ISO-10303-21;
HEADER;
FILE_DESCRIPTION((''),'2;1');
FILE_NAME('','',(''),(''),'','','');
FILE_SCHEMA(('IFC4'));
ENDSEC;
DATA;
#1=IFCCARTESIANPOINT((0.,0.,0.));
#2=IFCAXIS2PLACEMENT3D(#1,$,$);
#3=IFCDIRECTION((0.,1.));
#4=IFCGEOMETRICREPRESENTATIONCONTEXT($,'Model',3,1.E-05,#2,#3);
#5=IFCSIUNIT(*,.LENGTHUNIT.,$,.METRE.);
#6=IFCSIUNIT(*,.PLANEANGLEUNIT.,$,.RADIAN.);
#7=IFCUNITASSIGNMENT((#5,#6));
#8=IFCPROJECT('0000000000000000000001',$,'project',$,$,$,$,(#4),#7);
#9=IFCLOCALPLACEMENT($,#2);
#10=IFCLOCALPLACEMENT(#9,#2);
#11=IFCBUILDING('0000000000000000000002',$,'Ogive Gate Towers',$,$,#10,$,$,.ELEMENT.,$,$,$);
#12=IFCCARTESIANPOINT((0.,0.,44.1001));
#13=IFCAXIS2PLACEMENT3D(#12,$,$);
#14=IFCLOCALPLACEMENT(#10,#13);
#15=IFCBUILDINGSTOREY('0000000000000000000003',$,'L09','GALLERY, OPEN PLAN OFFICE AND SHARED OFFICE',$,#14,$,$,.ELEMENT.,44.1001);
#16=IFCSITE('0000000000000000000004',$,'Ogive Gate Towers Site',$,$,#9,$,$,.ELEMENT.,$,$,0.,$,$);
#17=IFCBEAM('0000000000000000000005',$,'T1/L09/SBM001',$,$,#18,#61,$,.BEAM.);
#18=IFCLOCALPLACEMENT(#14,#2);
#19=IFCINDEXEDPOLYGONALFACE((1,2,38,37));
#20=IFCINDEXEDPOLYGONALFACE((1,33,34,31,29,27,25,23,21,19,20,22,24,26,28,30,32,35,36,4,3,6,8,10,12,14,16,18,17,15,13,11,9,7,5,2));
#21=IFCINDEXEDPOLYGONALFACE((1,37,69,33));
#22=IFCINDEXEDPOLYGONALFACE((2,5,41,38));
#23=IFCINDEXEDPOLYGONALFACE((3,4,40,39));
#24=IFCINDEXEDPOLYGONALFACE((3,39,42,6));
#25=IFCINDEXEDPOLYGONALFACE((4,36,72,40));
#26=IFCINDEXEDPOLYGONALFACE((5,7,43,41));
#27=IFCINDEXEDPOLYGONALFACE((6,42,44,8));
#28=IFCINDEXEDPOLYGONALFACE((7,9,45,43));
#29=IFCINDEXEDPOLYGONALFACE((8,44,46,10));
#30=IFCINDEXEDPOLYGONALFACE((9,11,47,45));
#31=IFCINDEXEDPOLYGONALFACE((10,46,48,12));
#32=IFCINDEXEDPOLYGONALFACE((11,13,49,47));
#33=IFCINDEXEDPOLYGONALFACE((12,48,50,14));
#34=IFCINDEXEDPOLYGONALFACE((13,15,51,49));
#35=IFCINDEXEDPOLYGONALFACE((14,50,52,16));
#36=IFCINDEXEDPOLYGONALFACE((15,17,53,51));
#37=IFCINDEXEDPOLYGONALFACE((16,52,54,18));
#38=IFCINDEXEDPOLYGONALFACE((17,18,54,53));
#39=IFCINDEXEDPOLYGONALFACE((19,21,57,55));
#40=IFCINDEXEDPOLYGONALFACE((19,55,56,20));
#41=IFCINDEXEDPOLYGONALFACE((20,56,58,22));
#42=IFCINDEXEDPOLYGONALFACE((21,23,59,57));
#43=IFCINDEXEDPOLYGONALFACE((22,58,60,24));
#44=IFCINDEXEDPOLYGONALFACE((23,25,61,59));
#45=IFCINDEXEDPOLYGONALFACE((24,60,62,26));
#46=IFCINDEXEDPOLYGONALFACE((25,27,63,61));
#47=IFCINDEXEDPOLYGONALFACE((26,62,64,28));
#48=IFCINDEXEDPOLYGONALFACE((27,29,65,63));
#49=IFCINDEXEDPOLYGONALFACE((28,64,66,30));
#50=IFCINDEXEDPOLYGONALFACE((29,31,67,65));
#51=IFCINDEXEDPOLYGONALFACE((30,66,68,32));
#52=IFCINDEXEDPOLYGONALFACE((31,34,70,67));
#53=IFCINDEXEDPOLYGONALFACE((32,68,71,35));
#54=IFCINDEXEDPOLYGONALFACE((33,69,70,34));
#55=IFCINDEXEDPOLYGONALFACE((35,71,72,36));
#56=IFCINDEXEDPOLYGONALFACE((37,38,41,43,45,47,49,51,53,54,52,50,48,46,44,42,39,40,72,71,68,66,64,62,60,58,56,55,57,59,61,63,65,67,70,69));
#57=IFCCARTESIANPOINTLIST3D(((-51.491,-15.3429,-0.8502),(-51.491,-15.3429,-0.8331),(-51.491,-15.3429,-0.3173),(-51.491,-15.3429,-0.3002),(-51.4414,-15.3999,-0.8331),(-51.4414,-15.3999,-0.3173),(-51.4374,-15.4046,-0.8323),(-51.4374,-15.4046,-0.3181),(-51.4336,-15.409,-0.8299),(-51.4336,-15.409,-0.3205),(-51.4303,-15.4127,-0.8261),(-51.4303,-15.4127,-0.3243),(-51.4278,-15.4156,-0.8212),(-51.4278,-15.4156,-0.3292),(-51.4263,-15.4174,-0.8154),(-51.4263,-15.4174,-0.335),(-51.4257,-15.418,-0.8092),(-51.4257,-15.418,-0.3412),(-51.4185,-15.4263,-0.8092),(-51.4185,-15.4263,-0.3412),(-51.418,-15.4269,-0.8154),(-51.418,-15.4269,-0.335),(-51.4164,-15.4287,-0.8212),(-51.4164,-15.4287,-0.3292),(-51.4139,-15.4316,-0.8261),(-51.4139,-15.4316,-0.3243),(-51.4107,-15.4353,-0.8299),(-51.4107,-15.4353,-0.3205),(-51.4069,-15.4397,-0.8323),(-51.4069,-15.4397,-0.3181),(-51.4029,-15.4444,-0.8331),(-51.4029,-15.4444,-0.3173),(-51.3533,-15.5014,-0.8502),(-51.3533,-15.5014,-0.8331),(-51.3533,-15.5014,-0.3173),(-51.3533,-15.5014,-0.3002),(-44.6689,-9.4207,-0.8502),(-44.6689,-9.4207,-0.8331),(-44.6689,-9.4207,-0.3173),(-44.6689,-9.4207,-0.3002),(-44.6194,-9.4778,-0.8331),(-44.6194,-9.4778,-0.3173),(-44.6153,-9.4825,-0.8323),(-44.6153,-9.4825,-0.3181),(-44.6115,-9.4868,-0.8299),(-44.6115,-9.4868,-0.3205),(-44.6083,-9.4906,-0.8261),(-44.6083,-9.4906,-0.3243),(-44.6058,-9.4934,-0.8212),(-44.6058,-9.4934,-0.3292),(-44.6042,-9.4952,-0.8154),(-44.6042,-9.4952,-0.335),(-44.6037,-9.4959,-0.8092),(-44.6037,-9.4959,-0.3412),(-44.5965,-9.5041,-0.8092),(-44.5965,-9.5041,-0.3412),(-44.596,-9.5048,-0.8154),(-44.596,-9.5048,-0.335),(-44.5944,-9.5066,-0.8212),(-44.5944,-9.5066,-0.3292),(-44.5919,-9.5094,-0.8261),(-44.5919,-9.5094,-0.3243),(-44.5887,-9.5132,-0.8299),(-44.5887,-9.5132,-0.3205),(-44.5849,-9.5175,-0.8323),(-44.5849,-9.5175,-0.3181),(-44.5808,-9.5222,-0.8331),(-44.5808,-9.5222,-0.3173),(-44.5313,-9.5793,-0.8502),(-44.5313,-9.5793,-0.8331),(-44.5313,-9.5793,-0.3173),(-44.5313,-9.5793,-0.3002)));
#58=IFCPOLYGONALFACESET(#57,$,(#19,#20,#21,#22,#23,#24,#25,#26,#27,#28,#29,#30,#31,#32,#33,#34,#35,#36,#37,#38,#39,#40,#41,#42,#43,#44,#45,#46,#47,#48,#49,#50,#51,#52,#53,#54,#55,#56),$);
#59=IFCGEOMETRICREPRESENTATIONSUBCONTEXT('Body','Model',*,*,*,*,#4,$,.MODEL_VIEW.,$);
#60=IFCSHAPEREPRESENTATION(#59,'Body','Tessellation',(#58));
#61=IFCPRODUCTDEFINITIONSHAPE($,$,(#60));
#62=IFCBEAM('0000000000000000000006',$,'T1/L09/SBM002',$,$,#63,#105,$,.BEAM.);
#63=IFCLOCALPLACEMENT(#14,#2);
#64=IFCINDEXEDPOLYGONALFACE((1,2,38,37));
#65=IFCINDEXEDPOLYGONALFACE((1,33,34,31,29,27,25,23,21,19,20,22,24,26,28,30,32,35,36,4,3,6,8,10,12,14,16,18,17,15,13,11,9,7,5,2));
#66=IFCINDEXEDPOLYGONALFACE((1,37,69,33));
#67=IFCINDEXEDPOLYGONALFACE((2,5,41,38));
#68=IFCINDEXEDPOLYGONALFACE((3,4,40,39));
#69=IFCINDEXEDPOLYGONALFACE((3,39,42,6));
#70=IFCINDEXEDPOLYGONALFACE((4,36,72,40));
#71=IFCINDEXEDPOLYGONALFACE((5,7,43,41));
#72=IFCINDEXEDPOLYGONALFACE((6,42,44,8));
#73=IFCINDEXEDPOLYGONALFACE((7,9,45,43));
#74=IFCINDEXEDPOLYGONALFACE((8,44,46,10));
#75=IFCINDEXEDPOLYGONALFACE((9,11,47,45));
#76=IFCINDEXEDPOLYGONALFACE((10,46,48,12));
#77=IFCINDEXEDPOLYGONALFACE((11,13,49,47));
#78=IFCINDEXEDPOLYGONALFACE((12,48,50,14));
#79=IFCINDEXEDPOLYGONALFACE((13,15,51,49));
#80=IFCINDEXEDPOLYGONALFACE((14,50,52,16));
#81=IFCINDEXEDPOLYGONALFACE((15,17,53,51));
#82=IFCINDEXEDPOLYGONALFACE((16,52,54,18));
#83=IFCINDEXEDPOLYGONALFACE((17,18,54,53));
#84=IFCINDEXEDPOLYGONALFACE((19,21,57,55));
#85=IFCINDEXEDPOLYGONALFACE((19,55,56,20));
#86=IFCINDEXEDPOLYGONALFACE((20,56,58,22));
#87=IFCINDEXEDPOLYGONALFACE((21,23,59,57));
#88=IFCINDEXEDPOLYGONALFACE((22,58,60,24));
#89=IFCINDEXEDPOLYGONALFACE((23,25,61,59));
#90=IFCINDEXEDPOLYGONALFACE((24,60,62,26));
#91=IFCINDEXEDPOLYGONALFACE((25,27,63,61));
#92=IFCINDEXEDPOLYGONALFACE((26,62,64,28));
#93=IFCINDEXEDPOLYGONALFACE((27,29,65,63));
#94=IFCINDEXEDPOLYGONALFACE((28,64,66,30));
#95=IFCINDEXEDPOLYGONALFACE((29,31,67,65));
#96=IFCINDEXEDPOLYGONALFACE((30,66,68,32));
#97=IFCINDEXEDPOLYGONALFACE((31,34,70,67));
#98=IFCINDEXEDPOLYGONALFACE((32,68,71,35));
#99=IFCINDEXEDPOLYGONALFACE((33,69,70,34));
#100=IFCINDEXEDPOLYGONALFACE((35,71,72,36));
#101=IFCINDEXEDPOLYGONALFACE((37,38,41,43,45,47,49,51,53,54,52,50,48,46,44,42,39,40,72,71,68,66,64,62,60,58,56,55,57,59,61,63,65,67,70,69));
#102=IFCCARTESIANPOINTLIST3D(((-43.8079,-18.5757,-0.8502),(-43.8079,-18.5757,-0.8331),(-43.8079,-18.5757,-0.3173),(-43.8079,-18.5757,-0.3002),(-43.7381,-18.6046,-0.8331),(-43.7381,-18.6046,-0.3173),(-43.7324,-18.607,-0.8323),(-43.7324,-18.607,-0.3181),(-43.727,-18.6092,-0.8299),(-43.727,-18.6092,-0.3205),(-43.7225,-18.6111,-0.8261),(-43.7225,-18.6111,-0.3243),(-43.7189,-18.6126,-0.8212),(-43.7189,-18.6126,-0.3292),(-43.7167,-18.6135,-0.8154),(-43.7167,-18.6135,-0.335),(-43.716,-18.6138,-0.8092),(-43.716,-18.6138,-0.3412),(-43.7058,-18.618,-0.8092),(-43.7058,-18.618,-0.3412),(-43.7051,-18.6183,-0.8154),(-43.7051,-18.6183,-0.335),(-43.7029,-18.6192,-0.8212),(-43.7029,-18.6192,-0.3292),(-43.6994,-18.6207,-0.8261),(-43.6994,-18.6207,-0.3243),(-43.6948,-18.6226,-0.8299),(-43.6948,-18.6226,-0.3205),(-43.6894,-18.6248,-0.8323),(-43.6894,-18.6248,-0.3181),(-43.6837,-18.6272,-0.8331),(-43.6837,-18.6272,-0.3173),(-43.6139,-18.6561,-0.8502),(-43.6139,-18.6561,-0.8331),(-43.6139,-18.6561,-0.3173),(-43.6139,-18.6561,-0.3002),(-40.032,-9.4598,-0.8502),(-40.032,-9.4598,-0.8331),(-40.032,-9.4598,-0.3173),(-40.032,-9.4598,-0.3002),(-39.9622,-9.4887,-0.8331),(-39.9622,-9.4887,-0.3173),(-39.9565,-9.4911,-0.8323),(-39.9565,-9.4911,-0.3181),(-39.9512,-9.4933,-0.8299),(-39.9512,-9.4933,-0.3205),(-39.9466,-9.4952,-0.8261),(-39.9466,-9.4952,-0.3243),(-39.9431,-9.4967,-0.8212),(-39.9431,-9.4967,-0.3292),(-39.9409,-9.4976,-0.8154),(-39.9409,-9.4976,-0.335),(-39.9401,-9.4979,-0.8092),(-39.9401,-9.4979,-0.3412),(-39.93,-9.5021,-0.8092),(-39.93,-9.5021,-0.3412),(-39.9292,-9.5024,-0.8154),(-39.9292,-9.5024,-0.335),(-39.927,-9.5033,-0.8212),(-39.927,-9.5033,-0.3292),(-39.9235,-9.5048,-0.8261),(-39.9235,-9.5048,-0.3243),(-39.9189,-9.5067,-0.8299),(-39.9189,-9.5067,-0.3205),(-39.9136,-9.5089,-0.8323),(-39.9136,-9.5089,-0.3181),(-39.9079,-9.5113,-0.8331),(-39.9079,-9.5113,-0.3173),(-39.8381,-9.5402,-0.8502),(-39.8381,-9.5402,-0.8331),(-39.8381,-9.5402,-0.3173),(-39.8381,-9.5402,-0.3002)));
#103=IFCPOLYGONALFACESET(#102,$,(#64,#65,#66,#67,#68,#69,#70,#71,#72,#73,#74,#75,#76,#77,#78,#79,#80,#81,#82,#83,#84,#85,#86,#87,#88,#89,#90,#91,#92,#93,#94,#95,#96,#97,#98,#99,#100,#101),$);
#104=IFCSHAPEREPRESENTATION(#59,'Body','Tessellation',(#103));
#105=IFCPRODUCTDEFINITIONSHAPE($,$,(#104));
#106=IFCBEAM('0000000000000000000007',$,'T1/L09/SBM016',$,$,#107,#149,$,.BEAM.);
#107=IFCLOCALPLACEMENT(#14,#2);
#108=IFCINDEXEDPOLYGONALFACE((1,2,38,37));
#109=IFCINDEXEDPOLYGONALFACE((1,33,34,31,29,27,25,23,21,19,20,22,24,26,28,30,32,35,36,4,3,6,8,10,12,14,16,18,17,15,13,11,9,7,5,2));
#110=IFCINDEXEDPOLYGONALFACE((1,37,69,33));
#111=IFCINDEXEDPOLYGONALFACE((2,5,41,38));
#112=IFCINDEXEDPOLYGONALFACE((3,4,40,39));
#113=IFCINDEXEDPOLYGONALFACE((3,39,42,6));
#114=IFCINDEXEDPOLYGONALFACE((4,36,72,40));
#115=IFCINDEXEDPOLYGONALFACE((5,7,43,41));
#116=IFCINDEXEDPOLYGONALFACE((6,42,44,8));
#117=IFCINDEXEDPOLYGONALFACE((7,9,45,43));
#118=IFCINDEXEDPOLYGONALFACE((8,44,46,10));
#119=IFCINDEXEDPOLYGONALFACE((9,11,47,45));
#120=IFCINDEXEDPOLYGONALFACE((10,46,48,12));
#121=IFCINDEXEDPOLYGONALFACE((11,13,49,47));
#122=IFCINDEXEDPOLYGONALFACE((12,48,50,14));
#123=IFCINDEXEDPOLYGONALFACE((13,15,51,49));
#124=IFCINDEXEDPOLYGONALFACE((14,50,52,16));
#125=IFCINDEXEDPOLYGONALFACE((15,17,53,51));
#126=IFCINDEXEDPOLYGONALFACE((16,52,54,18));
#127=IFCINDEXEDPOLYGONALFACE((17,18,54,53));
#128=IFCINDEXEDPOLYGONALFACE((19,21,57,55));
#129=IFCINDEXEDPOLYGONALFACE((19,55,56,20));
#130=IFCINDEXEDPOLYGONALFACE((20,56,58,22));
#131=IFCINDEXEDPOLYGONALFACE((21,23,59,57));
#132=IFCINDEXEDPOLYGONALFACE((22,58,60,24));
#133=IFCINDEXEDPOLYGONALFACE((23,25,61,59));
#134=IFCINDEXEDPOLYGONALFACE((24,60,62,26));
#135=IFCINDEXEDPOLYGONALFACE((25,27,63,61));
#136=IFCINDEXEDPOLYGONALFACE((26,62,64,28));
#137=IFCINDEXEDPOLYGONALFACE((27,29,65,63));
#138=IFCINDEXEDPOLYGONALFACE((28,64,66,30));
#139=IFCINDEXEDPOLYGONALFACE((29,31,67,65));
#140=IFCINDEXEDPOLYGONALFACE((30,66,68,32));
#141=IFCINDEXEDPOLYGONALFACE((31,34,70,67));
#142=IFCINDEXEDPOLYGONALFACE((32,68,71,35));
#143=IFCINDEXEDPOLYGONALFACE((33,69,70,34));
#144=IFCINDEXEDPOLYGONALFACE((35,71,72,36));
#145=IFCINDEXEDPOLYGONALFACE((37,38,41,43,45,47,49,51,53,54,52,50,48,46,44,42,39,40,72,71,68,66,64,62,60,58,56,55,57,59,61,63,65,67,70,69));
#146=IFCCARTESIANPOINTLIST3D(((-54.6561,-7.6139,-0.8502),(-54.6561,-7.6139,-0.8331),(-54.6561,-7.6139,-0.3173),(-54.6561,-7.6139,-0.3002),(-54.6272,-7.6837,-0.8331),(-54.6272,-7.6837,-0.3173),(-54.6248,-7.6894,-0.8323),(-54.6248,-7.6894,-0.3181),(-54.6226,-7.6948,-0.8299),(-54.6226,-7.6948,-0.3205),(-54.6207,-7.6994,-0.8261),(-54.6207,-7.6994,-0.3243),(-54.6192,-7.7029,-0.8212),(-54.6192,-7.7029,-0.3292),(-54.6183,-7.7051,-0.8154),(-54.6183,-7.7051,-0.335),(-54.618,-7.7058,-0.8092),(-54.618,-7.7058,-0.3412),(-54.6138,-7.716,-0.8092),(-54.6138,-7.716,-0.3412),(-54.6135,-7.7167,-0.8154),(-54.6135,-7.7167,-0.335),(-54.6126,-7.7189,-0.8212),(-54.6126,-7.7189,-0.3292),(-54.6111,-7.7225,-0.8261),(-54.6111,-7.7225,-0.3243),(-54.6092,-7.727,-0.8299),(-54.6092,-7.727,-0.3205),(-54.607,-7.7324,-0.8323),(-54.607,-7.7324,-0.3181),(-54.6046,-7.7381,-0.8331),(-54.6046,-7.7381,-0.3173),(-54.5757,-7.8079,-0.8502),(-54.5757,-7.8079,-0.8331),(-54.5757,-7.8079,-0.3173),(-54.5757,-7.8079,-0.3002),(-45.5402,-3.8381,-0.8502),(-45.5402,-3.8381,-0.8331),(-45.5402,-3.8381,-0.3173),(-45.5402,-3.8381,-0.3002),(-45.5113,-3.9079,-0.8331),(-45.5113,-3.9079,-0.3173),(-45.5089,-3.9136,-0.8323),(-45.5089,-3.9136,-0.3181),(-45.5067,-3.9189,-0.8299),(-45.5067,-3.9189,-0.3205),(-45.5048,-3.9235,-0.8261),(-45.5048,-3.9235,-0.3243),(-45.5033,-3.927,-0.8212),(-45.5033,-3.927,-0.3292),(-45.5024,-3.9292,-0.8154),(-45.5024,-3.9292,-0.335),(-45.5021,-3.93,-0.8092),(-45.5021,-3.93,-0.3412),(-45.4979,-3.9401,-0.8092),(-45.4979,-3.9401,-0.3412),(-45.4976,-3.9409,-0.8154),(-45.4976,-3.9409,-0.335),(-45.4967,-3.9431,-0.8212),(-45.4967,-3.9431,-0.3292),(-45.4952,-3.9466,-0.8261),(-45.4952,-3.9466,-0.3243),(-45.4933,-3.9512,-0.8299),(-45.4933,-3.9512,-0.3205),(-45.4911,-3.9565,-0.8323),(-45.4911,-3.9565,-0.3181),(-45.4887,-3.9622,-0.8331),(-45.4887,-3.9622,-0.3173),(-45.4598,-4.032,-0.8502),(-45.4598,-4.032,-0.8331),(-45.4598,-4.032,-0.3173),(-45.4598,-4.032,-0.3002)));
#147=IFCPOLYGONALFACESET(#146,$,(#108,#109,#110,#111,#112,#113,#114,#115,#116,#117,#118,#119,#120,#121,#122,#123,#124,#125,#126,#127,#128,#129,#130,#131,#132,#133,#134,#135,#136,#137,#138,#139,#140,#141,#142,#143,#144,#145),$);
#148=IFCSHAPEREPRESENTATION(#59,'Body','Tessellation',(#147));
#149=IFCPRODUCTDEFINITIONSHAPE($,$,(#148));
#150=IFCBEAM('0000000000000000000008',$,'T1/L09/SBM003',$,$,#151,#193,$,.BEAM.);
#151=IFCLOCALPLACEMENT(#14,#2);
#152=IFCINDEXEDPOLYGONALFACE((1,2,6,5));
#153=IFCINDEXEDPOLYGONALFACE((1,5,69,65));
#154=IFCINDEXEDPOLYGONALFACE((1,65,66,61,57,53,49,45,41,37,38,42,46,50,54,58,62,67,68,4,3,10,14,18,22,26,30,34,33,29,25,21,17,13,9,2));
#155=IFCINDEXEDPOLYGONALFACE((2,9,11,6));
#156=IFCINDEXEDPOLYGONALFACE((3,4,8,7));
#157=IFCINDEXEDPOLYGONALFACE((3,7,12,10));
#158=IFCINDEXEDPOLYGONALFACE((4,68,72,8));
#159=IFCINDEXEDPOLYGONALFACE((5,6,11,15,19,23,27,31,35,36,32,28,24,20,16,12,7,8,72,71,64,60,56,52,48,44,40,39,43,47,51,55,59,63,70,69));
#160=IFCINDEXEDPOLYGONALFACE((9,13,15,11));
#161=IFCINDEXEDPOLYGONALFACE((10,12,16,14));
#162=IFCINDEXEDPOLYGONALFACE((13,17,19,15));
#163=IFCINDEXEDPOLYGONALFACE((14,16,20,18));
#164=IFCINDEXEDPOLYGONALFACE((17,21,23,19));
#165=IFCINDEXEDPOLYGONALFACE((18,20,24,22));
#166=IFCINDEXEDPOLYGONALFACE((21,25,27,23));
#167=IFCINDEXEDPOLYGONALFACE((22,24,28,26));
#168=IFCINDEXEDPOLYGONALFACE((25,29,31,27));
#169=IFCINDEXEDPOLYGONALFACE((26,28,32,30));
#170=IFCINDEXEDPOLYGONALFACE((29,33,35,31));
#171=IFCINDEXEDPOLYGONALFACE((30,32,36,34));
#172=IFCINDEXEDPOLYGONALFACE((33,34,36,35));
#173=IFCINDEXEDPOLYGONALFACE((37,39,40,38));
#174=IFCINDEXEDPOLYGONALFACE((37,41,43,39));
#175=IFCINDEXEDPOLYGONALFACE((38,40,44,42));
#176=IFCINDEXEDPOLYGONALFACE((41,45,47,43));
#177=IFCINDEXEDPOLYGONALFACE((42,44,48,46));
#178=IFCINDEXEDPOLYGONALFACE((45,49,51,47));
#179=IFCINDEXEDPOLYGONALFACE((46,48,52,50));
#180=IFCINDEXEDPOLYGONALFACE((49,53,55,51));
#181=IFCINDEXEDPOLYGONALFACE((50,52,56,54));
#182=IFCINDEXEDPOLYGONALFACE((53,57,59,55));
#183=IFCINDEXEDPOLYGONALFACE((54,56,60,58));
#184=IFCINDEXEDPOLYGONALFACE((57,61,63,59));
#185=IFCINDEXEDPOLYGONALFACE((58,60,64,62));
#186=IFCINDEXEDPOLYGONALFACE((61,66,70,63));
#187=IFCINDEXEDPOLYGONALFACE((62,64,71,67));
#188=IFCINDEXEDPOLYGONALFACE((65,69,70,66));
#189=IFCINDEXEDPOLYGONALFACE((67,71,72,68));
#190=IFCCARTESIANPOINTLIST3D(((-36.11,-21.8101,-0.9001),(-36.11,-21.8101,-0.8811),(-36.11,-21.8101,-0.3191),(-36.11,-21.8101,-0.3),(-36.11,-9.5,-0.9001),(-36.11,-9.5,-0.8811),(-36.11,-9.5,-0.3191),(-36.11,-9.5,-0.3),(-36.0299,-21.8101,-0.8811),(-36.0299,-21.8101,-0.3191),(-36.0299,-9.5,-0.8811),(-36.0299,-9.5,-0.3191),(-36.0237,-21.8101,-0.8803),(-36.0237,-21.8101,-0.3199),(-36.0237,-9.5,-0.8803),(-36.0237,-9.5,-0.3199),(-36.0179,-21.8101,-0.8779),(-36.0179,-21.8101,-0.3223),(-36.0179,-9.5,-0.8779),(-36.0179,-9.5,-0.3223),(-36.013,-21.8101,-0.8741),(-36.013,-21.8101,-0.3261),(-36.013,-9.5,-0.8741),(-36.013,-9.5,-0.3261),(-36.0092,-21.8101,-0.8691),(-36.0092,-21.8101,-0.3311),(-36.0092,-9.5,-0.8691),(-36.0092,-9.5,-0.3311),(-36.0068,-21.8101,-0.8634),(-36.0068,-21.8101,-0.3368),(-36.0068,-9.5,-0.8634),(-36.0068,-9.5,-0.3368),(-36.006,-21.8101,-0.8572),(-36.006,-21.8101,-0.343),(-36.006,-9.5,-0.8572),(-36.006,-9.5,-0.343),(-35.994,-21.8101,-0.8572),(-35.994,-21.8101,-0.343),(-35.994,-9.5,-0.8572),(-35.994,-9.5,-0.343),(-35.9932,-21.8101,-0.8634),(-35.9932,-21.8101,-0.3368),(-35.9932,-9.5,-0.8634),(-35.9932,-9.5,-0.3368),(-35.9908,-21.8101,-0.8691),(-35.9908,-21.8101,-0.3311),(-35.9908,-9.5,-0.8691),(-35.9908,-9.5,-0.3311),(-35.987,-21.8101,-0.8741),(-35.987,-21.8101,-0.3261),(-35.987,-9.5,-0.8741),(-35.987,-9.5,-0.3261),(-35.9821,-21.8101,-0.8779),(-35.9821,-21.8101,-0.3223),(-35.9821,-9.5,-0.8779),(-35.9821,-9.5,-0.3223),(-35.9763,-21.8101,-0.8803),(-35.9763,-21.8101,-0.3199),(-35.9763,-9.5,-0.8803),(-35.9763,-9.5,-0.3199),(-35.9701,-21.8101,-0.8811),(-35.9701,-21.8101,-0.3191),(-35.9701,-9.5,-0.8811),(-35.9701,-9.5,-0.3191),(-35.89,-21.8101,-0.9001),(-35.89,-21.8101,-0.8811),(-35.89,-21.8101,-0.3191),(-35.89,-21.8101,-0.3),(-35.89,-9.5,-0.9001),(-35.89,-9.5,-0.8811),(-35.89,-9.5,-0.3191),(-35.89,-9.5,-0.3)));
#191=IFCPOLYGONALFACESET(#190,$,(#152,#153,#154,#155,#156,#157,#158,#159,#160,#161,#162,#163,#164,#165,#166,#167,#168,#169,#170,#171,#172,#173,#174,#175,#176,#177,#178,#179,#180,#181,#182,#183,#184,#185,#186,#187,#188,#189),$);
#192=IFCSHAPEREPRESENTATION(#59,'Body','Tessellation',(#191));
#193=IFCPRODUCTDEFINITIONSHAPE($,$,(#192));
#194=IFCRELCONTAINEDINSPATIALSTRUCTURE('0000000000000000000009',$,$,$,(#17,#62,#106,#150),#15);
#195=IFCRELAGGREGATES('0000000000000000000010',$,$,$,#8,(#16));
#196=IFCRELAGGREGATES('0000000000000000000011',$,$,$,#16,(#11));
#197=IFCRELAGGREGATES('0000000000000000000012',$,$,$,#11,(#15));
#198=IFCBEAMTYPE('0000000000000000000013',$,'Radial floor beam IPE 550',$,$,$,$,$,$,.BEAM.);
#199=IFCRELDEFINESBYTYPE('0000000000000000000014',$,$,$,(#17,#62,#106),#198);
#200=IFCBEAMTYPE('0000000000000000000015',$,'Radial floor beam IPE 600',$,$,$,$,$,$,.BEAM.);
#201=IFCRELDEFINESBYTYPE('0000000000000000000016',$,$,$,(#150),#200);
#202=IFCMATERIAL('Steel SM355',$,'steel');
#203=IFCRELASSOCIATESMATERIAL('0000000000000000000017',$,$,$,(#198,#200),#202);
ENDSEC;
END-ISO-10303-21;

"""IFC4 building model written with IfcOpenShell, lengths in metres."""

from ifc_helpers import new_model, si_unit, direction, frame, origin, origin_2d, place, context, subcontext, project, spatial, i_section, extrude, material, material_profile, profile_set, type_object, element, save


model = new_model("IFC4")

# Units and contexts
model_context = context("Model", 3, precision=1e-05, world=origin(), true_north=direction((0.0, 1.0)))
body_context = subcontext(model_context, "Body", "Model", "MODEL_VIEW")
ifc_project = project(units=[si_unit("LENGTHUNIT", "METRE"), si_unit("PLANEANGLEUNIT", "RADIAN")], contexts=[model_context])

# Site, building, storey
site_placement = place(None, origin())
site = spatial("IfcSite", under=ifc_project, at=site_placement, Name="Ogive Gate Towers Site", CompositionType="ELEMENT", RefElevation=0.0)
building_placement = place(site_placement, origin())
building = spatial("IfcBuilding", under=site, at=building_placement, Name="Ogive Gate Towers", CompositionType="ELEMENT")
storey_placement = place(building_placement, frame((0.0, 0.0, 44.1001)))
storey = spatial("IfcBuildingStorey", under=building, at=storey_placement, Name="L09", Description="GALLERY, OPEN PLAN OFFICE AND SHARED OFFICE", CompositionType="ELEMENT", Elevation=44.1001)

# Beams
ifc_material_1 = material(Name="Steel SM355", Category="steel")
ifc_material_profile_1 = material_profile(ifc_material_1, i_section(OverallWidth=0.21, OverallDepth=0.55, WebThickness=0.011, FlangeThickness=0.0171, FilletRadius=0.0239, at=origin_2d()), Name="IPE 550")
ifc_profile_set_1 = profile_set([ifc_material_profile_1], Name="Steel SM355")
beam_type_1 = type_object("IfcBeamType", Name="Radial floor beam IPE 550", PredefinedType="BEAM", material=ifc_profile_set_1)
beam_1_placement = place(storey_placement, frame((-44.6001, -9.5, -0.5752), z_axis=(-0.755157, -0.655544, 0.0), x_axis=(0.655544, -0.755157, 0.0)))
element("IfcBeam", 1, at=beam_1_placement, inside=storey, type_object=beam_type_1, Name="T1/L09/SBM001", PredefinedType="BEAM", context=body_context, shape_type="SweptSolid", body=[
    extrude(i_section(OverallWidth=0.21, OverallDepth=0.55, WebThickness=0.011, FlangeThickness=0.0171, FilletRadius=0.0239, at=origin_2d()), origin(), (0.0, 0.0, 1.0), 9.0339),
])
for number, where, z_axis, x_axis, name in (
    (2, (-39.9351, -9.5, -0.5752), (-0.382677, -0.923882, 0.0), (0.923882, -0.382677, 0.0), "T1/L09/SBM002"),
    (3, (-45.5, -3.9351, -0.5752), (-0.923882, -0.382677, 0.0), (0.382677, -0.923882, 0.0), "T1/L09/SBM016"),
):
    element("IfcBeam", number, at=place(storey_placement, frame(where, z_axis=z_axis, x_axis=x_axis)), inside=storey, type_object=beam_type_1, Name=name, PredefinedType="BEAM", context=body_context, shape_type="SweptSolid", body=[
        extrude(i_section(OverallWidth=0.21, OverallDepth=0.55, WebThickness=0.011, FlangeThickness=0.0171, FilletRadius=0.0239, at=origin_2d()), origin(), (0.0, 0.0, 1.0), 9.8669),
    ])
ifc_material_profile_2 = material_profile(ifc_material_1, i_section(OverallWidth=0.22, OverallDepth=0.6001, WebThickness=0.012, FlangeThickness=0.019, FilletRadius=0.0239, at=origin_2d()), Name="IPE 600")
ifc_profile_set_2 = profile_set([ifc_material_profile_2], Name="Steel SM355")
beam_type_2 = type_object("IfcBeamType", Name="Radial floor beam IPE 600", PredefinedType="BEAM", material=ifc_profile_set_2)
beam_2_placement = place(storey_placement, frame((-36.0, -9.5, -0.6001), z_axis=(0.0, -1.0, 0.0), x_axis=(1.0, 0.0, 0.0)))
element("IfcBeam", 4, at=beam_2_placement, inside=storey, type_object=beam_type_2, Name="T1/L09/SBM003", PredefinedType="BEAM", context=body_context, shape_type="SweptSolid", body=[
    extrude(i_section(OverallWidth=0.22, OverallDepth=0.6001, WebThickness=0.012, FlangeThickness=0.019, FilletRadius=0.0239, at=origin_2d()), origin(), (0.0, 0.0, 1.0), 12.3101),
])

save(model, "model.ifc")
